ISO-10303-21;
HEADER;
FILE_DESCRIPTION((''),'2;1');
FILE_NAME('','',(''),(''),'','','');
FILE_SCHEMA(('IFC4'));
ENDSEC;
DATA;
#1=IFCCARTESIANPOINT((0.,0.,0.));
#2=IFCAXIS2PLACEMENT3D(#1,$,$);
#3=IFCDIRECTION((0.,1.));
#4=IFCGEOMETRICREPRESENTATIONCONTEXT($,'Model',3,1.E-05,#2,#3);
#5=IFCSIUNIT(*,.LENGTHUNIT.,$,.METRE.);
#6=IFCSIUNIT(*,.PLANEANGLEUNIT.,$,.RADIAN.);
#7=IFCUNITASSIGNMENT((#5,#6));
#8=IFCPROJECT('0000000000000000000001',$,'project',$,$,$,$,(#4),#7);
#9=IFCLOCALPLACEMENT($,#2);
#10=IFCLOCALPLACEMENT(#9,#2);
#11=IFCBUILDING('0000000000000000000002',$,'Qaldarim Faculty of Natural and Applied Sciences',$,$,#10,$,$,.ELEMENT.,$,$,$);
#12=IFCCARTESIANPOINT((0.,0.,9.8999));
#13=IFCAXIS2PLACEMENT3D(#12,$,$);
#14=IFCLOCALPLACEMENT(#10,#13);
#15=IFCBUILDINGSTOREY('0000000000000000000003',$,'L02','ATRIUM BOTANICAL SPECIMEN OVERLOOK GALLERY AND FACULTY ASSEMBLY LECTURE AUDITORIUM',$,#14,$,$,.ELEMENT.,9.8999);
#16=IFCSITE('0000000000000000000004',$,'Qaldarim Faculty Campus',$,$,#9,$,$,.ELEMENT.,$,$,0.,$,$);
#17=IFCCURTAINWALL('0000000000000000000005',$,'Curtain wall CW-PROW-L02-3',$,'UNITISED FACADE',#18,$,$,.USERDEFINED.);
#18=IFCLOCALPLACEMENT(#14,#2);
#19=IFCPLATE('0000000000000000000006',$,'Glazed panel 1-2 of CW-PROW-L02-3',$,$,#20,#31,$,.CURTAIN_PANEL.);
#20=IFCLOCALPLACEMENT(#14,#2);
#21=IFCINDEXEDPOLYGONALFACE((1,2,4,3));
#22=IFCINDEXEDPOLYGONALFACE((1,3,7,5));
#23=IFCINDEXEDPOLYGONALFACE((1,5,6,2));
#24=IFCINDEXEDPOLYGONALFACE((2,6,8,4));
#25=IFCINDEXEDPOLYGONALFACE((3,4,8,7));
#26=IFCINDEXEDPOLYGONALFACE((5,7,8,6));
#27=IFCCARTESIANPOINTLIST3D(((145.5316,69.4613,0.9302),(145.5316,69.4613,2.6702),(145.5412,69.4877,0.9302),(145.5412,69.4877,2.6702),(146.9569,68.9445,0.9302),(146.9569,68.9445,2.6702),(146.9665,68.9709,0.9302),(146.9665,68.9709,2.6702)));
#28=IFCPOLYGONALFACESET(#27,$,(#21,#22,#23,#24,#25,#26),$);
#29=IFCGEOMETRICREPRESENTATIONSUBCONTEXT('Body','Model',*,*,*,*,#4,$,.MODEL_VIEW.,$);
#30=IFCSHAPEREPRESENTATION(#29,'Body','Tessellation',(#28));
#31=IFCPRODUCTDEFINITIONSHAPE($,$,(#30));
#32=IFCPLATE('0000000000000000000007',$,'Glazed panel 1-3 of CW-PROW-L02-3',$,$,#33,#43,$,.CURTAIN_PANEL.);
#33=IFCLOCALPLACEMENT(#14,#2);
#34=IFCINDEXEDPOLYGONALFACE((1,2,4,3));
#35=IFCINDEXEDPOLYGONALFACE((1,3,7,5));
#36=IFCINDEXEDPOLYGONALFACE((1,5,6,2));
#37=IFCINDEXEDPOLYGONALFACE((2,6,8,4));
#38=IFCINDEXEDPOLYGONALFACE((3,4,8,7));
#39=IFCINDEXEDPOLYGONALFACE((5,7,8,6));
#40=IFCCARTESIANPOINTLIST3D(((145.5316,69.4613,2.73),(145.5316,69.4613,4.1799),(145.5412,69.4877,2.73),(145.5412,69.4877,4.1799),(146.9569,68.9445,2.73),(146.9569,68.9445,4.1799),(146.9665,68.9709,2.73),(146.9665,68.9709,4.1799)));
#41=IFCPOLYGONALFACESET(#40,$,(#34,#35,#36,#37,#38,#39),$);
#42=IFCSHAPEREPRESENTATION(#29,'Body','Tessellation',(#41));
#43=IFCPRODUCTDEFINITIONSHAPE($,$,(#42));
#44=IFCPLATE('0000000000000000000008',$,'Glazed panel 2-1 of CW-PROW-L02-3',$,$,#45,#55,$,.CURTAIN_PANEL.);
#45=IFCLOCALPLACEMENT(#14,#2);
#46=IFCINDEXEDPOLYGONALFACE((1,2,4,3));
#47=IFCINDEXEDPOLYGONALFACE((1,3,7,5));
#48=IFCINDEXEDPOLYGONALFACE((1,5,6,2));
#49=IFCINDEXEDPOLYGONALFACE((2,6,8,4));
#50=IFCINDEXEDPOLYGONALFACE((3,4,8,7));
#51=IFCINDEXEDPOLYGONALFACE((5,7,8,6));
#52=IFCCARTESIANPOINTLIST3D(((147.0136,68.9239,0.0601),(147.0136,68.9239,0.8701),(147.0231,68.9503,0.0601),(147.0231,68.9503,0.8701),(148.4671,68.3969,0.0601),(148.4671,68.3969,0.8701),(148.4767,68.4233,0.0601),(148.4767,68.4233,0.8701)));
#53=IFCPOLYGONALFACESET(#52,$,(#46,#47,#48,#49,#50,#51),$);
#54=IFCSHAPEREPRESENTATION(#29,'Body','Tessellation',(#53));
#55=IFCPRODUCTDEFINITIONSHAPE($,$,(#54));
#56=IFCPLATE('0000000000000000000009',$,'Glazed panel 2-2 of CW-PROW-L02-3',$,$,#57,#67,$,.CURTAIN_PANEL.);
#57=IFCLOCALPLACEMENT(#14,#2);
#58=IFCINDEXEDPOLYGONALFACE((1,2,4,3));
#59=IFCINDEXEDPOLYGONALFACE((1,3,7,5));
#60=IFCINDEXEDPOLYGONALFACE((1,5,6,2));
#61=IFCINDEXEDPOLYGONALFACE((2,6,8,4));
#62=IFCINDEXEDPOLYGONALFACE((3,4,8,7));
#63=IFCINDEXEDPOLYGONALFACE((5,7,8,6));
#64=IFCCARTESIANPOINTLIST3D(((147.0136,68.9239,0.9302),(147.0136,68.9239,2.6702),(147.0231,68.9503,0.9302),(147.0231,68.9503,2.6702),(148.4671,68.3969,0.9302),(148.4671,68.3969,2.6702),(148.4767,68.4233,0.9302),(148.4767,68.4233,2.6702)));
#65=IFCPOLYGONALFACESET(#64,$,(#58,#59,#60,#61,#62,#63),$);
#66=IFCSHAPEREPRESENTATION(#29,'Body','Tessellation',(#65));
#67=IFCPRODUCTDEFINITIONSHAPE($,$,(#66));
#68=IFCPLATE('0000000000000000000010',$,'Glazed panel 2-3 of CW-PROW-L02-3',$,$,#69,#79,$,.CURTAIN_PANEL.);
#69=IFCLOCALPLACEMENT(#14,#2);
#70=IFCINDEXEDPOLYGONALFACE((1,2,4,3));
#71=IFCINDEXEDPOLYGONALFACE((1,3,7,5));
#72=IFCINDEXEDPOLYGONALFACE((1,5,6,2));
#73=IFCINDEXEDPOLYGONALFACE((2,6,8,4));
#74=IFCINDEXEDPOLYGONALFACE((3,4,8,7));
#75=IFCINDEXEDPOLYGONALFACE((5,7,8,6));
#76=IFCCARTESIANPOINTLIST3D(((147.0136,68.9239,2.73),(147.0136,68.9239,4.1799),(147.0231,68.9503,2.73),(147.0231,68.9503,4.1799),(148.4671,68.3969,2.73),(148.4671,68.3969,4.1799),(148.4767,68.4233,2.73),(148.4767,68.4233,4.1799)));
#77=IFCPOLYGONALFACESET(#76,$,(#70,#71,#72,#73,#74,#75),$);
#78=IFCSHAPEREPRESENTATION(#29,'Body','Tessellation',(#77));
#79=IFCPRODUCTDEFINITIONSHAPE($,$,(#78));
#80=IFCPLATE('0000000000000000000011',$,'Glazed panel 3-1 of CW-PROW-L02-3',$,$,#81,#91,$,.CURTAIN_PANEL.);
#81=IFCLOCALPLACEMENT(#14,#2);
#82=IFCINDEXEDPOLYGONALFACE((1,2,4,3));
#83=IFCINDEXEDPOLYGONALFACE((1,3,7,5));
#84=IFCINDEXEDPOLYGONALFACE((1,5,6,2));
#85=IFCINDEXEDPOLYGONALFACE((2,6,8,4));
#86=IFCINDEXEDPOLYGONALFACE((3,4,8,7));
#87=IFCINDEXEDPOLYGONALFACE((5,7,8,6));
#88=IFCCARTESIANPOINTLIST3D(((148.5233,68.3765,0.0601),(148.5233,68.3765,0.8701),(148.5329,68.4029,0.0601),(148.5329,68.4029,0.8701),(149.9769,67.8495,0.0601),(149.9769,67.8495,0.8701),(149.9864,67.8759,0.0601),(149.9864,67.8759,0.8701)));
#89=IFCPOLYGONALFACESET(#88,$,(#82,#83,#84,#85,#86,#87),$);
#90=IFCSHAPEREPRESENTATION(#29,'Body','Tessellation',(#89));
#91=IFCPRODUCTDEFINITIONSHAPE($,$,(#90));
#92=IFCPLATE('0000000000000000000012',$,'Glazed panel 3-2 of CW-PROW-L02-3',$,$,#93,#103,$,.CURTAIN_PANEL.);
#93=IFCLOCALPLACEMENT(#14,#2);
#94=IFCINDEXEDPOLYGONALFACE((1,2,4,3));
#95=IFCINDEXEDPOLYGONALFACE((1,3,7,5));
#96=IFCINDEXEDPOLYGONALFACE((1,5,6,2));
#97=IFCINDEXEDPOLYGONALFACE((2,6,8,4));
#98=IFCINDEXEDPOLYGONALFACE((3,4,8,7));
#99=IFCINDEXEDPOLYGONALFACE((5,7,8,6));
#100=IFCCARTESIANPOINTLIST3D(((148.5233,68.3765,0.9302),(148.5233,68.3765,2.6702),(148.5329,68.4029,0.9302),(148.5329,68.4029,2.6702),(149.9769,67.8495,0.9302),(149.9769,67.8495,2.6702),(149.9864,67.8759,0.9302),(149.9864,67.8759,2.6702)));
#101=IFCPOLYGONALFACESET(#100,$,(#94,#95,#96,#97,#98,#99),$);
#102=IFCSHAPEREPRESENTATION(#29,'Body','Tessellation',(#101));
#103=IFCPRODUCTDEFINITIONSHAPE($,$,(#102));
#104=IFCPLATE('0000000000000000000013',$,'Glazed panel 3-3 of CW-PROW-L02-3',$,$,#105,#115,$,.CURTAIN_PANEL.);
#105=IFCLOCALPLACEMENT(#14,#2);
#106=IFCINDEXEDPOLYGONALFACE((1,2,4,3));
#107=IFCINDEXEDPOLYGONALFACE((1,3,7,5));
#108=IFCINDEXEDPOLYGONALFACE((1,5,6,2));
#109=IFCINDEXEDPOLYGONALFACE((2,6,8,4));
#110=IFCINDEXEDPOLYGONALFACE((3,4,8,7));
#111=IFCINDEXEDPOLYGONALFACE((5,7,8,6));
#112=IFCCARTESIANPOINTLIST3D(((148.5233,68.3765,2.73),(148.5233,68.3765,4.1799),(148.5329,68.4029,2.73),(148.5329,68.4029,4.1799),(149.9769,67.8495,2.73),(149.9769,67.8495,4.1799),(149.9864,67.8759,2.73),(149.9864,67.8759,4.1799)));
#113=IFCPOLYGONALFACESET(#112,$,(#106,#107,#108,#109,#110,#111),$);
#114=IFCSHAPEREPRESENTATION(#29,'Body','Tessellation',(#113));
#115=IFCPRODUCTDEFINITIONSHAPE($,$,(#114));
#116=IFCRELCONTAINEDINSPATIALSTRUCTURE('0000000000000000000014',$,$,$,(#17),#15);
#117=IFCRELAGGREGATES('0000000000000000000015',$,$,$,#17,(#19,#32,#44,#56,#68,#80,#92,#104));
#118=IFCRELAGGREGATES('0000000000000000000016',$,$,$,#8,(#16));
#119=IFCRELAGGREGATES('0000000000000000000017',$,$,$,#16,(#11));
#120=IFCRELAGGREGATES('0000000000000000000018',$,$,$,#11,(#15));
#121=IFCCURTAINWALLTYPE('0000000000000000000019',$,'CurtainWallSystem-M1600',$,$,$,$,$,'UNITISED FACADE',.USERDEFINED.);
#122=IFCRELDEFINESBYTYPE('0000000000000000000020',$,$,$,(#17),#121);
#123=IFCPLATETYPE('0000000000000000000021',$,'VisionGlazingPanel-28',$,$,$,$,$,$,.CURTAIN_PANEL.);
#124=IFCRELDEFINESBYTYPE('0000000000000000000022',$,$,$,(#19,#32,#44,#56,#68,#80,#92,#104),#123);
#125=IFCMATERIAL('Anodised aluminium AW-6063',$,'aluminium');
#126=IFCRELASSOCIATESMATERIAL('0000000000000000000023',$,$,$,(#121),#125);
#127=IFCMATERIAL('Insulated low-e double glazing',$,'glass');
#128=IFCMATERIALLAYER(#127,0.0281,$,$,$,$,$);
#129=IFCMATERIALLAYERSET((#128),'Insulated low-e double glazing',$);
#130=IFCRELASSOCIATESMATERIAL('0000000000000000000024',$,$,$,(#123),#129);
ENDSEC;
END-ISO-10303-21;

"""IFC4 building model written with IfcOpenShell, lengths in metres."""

from ifc_helpers import new_model, si_unit, direction, frame, origin, origin_2d, place, context, subcontext, project, spatial, rectangle, extrude, material, layer, layer_set, type_object, element, aggregate, save


model = new_model("IFC4")

# Units and contexts
model_context = context("Model", 3, precision=1e-05, world=origin(), true_north=direction((0.0, 1.0)))
body_context = subcontext(model_context, "Body", "Model", "MODEL_VIEW")
ifc_project = project(units=[si_unit("LENGTHUNIT", "METRE"), si_unit("PLANEANGLEUNIT", "RADIAN")], contexts=[model_context])

# Site, building, storey
site_placement = place(None, origin())
site = spatial("IfcSite", under=ifc_project, at=site_placement, Name="Qaldarim Faculty Campus", CompositionType="ELEMENT", RefElevation=0.0)
building_placement = place(site_placement, origin())
building = spatial("IfcBuilding", under=site, at=building_placement, Name="Qaldarim Faculty of Natural and Applied Sciences", CompositionType="ELEMENT")
storey_placement = place(building_placement, frame((0.0, 0.0, 9.8999)))
storey = spatial("IfcBuildingStorey", under=building, at=storey_placement, Name="L02", Description="ATRIUM BOTANICAL SPECIMEN OVERLOOK GALLERY AND FACULTY ASSEMBLY LECTURE AUDITORIUM", CompositionType="ELEMENT", Elevation=9.8999)

# Curtain wall, plates
ifc_material_1 = material(Name="Anodised aluminium AW-6063", Category="aluminium")
curtain_wall_type = type_object("IfcCurtainWallType", Name="CurtainWallSystem-M1600", ElementType="UNITISED FACADE", PredefinedType="USERDEFINED", material=ifc_material_1)
curtain_wall_placement = place(storey_placement, origin())
curtain_wall = element("IfcCurtainWall", 1, at=curtain_wall_placement, inside=storey, type_object=curtain_wall_type, Name="Curtain wall CW-PROW-L02-3", ObjectType="UNITISED FACADE", PredefinedType="USERDEFINED")
ifc_material_2 = material(Name="Insulated low-e double glazing", Category="glass")
ifc_layer = layer(ifc_material_2, 0.0281)
ifc_layer_set = layer_set([ifc_layer], Name="Insulated low-e double glazing")
plate_type = type_object("IfcPlateType", Name="VisionGlazingPanel-28", PredefinedType="CURTAIN_PANEL", material=ifc_layer_set)
plate_1_placement = place(storey_placement, frame((146.249, 69.2161, 0.9302), z_axis=(0.0, 0.0, 1.0), x_axis=(0.94011, -0.340872, 0.0)))
plate_1 = element("IfcPlate", 2, at=plate_1_placement, type_object=plate_type, Name="Glazed panel 1-2 of CW-PROW-L02-3", PredefinedType="CURTAIN_PANEL", context=body_context, shape_type="SweptSolid", body=[
    extrude(rectangle(XDim=1.5161, YDim=0.0281, at=origin_2d()), origin(), (0.0, 0.0, 1.0), 1.74),
])
plate_2_placement = place(storey_placement, frame((146.249, 69.2161, 2.73), z_axis=(0.0, 0.0, 1.0), x_axis=(0.94011, -0.340872, 0.0)))
plate_2 = element("IfcPlate", 3, at=plate_2_placement, type_object=plate_type, Name="Glazed panel 1-3 of CW-PROW-L02-3", PredefinedType="CURTAIN_PANEL", context=body_context, shape_type="SweptSolid", body=[
    extrude(rectangle(XDim=1.5161, YDim=0.0281, at=origin_2d()), origin(), (0.0, 0.0, 1.0), 1.45),
])
plate_3_placement = place(storey_placement, frame((147.7451, 68.6736, 0.0601), z_axis=(0.0, 0.0, 1.0), x_axis=(0.94011, -0.340872, 0.0)))
plate_3 = element("IfcPlate", 4, at=plate_3_placement, type_object=plate_type, Name="Glazed panel 2-1 of CW-PROW-L02-3", PredefinedType="CURTAIN_PANEL", context=body_context, shape_type="SweptSolid", body=[
    extrude(rectangle(XDim=1.5461, YDim=0.0281, at=origin_2d()), origin(), (0.0, 0.0, 1.0), 0.8101),
])
plate_4_placement = place(storey_placement, frame((147.7451, 68.6736, 0.9302), z_axis=(0.0, 0.0, 1.0), x_axis=(0.94011, -0.340872, 0.0)))
plate_4 = element("IfcPlate", 5, at=plate_4_placement, type_object=plate_type, Name="Glazed panel 2-2 of CW-PROW-L02-3", PredefinedType="CURTAIN_PANEL", context=body_context, shape_type="SweptSolid", body=[
    extrude(rectangle(XDim=1.5461, YDim=0.0281, at=origin_2d()), origin(), (0.0, 0.0, 1.0), 1.74),
])
plate_5_placement = place(storey_placement, frame((147.7451, 68.6736, 2.73), z_axis=(0.0, 0.0, 1.0), x_axis=(0.94011, -0.340872, 0.0)))
plate_5 = element("IfcPlate", 6, at=plate_5_placement, type_object=plate_type, Name="Glazed panel 2-3 of CW-PROW-L02-3", PredefinedType="CURTAIN_PANEL", context=body_context, shape_type="SweptSolid", body=[
    extrude(rectangle(XDim=1.5461, YDim=0.0281, at=origin_2d()), origin(), (0.0, 0.0, 1.0), 1.45),
])
plate_6_placement = place(storey_placement, frame((149.2549, 68.1262, 0.0601), z_axis=(0.0, 0.0, 1.0), x_axis=(0.94011, -0.340872, 0.0)))
plate_6 = element("IfcPlate", 7, at=plate_6_placement, type_object=plate_type, Name="Glazed panel 3-1 of CW-PROW-L02-3", PredefinedType="CURTAIN_PANEL", context=body_context, shape_type="SweptSolid", body=[
    extrude(rectangle(XDim=1.5461, YDim=0.0281, at=origin_2d()), origin(), (0.0, 0.0, 1.0), 0.8101),
])
plate_7_placement = place(storey_placement, frame((149.2549, 68.1262, 0.9302), z_axis=(0.0, 0.0, 1.0), x_axis=(0.94011, -0.340872, 0.0)))
plate_7 = element("IfcPlate", 8, at=plate_7_placement, type_object=plate_type, Name="Glazed panel 3-2 of CW-PROW-L02-3", PredefinedType="CURTAIN_PANEL", context=body_context, shape_type="SweptSolid", body=[
    extrude(rectangle(XDim=1.5461, YDim=0.0281, at=origin_2d()), origin(), (0.0, 0.0, 1.0), 1.74),
])
plate_8_placement = place(storey_placement, frame((149.2549, 68.1262, 2.73), z_axis=(0.0, 0.0, 1.0), x_axis=(0.94011, -0.340872, 0.0)))
plate_8 = element("IfcPlate", 9, at=plate_8_placement, type_object=plate_type, Name="Glazed panel 3-3 of CW-PROW-L02-3", PredefinedType="CURTAIN_PANEL", context=body_context, shape_type="SweptSolid", body=[
    extrude(rectangle(XDim=1.5461, YDim=0.0281, at=origin_2d()), origin(), (0.0, 0.0, 1.0), 1.45),
])
aggregate(curtain_wall, [plate_1, plate_2, plate_3, plate_4, plate_5, plate_6, plate_7, plate_8])

save(model, "model.ifc")
